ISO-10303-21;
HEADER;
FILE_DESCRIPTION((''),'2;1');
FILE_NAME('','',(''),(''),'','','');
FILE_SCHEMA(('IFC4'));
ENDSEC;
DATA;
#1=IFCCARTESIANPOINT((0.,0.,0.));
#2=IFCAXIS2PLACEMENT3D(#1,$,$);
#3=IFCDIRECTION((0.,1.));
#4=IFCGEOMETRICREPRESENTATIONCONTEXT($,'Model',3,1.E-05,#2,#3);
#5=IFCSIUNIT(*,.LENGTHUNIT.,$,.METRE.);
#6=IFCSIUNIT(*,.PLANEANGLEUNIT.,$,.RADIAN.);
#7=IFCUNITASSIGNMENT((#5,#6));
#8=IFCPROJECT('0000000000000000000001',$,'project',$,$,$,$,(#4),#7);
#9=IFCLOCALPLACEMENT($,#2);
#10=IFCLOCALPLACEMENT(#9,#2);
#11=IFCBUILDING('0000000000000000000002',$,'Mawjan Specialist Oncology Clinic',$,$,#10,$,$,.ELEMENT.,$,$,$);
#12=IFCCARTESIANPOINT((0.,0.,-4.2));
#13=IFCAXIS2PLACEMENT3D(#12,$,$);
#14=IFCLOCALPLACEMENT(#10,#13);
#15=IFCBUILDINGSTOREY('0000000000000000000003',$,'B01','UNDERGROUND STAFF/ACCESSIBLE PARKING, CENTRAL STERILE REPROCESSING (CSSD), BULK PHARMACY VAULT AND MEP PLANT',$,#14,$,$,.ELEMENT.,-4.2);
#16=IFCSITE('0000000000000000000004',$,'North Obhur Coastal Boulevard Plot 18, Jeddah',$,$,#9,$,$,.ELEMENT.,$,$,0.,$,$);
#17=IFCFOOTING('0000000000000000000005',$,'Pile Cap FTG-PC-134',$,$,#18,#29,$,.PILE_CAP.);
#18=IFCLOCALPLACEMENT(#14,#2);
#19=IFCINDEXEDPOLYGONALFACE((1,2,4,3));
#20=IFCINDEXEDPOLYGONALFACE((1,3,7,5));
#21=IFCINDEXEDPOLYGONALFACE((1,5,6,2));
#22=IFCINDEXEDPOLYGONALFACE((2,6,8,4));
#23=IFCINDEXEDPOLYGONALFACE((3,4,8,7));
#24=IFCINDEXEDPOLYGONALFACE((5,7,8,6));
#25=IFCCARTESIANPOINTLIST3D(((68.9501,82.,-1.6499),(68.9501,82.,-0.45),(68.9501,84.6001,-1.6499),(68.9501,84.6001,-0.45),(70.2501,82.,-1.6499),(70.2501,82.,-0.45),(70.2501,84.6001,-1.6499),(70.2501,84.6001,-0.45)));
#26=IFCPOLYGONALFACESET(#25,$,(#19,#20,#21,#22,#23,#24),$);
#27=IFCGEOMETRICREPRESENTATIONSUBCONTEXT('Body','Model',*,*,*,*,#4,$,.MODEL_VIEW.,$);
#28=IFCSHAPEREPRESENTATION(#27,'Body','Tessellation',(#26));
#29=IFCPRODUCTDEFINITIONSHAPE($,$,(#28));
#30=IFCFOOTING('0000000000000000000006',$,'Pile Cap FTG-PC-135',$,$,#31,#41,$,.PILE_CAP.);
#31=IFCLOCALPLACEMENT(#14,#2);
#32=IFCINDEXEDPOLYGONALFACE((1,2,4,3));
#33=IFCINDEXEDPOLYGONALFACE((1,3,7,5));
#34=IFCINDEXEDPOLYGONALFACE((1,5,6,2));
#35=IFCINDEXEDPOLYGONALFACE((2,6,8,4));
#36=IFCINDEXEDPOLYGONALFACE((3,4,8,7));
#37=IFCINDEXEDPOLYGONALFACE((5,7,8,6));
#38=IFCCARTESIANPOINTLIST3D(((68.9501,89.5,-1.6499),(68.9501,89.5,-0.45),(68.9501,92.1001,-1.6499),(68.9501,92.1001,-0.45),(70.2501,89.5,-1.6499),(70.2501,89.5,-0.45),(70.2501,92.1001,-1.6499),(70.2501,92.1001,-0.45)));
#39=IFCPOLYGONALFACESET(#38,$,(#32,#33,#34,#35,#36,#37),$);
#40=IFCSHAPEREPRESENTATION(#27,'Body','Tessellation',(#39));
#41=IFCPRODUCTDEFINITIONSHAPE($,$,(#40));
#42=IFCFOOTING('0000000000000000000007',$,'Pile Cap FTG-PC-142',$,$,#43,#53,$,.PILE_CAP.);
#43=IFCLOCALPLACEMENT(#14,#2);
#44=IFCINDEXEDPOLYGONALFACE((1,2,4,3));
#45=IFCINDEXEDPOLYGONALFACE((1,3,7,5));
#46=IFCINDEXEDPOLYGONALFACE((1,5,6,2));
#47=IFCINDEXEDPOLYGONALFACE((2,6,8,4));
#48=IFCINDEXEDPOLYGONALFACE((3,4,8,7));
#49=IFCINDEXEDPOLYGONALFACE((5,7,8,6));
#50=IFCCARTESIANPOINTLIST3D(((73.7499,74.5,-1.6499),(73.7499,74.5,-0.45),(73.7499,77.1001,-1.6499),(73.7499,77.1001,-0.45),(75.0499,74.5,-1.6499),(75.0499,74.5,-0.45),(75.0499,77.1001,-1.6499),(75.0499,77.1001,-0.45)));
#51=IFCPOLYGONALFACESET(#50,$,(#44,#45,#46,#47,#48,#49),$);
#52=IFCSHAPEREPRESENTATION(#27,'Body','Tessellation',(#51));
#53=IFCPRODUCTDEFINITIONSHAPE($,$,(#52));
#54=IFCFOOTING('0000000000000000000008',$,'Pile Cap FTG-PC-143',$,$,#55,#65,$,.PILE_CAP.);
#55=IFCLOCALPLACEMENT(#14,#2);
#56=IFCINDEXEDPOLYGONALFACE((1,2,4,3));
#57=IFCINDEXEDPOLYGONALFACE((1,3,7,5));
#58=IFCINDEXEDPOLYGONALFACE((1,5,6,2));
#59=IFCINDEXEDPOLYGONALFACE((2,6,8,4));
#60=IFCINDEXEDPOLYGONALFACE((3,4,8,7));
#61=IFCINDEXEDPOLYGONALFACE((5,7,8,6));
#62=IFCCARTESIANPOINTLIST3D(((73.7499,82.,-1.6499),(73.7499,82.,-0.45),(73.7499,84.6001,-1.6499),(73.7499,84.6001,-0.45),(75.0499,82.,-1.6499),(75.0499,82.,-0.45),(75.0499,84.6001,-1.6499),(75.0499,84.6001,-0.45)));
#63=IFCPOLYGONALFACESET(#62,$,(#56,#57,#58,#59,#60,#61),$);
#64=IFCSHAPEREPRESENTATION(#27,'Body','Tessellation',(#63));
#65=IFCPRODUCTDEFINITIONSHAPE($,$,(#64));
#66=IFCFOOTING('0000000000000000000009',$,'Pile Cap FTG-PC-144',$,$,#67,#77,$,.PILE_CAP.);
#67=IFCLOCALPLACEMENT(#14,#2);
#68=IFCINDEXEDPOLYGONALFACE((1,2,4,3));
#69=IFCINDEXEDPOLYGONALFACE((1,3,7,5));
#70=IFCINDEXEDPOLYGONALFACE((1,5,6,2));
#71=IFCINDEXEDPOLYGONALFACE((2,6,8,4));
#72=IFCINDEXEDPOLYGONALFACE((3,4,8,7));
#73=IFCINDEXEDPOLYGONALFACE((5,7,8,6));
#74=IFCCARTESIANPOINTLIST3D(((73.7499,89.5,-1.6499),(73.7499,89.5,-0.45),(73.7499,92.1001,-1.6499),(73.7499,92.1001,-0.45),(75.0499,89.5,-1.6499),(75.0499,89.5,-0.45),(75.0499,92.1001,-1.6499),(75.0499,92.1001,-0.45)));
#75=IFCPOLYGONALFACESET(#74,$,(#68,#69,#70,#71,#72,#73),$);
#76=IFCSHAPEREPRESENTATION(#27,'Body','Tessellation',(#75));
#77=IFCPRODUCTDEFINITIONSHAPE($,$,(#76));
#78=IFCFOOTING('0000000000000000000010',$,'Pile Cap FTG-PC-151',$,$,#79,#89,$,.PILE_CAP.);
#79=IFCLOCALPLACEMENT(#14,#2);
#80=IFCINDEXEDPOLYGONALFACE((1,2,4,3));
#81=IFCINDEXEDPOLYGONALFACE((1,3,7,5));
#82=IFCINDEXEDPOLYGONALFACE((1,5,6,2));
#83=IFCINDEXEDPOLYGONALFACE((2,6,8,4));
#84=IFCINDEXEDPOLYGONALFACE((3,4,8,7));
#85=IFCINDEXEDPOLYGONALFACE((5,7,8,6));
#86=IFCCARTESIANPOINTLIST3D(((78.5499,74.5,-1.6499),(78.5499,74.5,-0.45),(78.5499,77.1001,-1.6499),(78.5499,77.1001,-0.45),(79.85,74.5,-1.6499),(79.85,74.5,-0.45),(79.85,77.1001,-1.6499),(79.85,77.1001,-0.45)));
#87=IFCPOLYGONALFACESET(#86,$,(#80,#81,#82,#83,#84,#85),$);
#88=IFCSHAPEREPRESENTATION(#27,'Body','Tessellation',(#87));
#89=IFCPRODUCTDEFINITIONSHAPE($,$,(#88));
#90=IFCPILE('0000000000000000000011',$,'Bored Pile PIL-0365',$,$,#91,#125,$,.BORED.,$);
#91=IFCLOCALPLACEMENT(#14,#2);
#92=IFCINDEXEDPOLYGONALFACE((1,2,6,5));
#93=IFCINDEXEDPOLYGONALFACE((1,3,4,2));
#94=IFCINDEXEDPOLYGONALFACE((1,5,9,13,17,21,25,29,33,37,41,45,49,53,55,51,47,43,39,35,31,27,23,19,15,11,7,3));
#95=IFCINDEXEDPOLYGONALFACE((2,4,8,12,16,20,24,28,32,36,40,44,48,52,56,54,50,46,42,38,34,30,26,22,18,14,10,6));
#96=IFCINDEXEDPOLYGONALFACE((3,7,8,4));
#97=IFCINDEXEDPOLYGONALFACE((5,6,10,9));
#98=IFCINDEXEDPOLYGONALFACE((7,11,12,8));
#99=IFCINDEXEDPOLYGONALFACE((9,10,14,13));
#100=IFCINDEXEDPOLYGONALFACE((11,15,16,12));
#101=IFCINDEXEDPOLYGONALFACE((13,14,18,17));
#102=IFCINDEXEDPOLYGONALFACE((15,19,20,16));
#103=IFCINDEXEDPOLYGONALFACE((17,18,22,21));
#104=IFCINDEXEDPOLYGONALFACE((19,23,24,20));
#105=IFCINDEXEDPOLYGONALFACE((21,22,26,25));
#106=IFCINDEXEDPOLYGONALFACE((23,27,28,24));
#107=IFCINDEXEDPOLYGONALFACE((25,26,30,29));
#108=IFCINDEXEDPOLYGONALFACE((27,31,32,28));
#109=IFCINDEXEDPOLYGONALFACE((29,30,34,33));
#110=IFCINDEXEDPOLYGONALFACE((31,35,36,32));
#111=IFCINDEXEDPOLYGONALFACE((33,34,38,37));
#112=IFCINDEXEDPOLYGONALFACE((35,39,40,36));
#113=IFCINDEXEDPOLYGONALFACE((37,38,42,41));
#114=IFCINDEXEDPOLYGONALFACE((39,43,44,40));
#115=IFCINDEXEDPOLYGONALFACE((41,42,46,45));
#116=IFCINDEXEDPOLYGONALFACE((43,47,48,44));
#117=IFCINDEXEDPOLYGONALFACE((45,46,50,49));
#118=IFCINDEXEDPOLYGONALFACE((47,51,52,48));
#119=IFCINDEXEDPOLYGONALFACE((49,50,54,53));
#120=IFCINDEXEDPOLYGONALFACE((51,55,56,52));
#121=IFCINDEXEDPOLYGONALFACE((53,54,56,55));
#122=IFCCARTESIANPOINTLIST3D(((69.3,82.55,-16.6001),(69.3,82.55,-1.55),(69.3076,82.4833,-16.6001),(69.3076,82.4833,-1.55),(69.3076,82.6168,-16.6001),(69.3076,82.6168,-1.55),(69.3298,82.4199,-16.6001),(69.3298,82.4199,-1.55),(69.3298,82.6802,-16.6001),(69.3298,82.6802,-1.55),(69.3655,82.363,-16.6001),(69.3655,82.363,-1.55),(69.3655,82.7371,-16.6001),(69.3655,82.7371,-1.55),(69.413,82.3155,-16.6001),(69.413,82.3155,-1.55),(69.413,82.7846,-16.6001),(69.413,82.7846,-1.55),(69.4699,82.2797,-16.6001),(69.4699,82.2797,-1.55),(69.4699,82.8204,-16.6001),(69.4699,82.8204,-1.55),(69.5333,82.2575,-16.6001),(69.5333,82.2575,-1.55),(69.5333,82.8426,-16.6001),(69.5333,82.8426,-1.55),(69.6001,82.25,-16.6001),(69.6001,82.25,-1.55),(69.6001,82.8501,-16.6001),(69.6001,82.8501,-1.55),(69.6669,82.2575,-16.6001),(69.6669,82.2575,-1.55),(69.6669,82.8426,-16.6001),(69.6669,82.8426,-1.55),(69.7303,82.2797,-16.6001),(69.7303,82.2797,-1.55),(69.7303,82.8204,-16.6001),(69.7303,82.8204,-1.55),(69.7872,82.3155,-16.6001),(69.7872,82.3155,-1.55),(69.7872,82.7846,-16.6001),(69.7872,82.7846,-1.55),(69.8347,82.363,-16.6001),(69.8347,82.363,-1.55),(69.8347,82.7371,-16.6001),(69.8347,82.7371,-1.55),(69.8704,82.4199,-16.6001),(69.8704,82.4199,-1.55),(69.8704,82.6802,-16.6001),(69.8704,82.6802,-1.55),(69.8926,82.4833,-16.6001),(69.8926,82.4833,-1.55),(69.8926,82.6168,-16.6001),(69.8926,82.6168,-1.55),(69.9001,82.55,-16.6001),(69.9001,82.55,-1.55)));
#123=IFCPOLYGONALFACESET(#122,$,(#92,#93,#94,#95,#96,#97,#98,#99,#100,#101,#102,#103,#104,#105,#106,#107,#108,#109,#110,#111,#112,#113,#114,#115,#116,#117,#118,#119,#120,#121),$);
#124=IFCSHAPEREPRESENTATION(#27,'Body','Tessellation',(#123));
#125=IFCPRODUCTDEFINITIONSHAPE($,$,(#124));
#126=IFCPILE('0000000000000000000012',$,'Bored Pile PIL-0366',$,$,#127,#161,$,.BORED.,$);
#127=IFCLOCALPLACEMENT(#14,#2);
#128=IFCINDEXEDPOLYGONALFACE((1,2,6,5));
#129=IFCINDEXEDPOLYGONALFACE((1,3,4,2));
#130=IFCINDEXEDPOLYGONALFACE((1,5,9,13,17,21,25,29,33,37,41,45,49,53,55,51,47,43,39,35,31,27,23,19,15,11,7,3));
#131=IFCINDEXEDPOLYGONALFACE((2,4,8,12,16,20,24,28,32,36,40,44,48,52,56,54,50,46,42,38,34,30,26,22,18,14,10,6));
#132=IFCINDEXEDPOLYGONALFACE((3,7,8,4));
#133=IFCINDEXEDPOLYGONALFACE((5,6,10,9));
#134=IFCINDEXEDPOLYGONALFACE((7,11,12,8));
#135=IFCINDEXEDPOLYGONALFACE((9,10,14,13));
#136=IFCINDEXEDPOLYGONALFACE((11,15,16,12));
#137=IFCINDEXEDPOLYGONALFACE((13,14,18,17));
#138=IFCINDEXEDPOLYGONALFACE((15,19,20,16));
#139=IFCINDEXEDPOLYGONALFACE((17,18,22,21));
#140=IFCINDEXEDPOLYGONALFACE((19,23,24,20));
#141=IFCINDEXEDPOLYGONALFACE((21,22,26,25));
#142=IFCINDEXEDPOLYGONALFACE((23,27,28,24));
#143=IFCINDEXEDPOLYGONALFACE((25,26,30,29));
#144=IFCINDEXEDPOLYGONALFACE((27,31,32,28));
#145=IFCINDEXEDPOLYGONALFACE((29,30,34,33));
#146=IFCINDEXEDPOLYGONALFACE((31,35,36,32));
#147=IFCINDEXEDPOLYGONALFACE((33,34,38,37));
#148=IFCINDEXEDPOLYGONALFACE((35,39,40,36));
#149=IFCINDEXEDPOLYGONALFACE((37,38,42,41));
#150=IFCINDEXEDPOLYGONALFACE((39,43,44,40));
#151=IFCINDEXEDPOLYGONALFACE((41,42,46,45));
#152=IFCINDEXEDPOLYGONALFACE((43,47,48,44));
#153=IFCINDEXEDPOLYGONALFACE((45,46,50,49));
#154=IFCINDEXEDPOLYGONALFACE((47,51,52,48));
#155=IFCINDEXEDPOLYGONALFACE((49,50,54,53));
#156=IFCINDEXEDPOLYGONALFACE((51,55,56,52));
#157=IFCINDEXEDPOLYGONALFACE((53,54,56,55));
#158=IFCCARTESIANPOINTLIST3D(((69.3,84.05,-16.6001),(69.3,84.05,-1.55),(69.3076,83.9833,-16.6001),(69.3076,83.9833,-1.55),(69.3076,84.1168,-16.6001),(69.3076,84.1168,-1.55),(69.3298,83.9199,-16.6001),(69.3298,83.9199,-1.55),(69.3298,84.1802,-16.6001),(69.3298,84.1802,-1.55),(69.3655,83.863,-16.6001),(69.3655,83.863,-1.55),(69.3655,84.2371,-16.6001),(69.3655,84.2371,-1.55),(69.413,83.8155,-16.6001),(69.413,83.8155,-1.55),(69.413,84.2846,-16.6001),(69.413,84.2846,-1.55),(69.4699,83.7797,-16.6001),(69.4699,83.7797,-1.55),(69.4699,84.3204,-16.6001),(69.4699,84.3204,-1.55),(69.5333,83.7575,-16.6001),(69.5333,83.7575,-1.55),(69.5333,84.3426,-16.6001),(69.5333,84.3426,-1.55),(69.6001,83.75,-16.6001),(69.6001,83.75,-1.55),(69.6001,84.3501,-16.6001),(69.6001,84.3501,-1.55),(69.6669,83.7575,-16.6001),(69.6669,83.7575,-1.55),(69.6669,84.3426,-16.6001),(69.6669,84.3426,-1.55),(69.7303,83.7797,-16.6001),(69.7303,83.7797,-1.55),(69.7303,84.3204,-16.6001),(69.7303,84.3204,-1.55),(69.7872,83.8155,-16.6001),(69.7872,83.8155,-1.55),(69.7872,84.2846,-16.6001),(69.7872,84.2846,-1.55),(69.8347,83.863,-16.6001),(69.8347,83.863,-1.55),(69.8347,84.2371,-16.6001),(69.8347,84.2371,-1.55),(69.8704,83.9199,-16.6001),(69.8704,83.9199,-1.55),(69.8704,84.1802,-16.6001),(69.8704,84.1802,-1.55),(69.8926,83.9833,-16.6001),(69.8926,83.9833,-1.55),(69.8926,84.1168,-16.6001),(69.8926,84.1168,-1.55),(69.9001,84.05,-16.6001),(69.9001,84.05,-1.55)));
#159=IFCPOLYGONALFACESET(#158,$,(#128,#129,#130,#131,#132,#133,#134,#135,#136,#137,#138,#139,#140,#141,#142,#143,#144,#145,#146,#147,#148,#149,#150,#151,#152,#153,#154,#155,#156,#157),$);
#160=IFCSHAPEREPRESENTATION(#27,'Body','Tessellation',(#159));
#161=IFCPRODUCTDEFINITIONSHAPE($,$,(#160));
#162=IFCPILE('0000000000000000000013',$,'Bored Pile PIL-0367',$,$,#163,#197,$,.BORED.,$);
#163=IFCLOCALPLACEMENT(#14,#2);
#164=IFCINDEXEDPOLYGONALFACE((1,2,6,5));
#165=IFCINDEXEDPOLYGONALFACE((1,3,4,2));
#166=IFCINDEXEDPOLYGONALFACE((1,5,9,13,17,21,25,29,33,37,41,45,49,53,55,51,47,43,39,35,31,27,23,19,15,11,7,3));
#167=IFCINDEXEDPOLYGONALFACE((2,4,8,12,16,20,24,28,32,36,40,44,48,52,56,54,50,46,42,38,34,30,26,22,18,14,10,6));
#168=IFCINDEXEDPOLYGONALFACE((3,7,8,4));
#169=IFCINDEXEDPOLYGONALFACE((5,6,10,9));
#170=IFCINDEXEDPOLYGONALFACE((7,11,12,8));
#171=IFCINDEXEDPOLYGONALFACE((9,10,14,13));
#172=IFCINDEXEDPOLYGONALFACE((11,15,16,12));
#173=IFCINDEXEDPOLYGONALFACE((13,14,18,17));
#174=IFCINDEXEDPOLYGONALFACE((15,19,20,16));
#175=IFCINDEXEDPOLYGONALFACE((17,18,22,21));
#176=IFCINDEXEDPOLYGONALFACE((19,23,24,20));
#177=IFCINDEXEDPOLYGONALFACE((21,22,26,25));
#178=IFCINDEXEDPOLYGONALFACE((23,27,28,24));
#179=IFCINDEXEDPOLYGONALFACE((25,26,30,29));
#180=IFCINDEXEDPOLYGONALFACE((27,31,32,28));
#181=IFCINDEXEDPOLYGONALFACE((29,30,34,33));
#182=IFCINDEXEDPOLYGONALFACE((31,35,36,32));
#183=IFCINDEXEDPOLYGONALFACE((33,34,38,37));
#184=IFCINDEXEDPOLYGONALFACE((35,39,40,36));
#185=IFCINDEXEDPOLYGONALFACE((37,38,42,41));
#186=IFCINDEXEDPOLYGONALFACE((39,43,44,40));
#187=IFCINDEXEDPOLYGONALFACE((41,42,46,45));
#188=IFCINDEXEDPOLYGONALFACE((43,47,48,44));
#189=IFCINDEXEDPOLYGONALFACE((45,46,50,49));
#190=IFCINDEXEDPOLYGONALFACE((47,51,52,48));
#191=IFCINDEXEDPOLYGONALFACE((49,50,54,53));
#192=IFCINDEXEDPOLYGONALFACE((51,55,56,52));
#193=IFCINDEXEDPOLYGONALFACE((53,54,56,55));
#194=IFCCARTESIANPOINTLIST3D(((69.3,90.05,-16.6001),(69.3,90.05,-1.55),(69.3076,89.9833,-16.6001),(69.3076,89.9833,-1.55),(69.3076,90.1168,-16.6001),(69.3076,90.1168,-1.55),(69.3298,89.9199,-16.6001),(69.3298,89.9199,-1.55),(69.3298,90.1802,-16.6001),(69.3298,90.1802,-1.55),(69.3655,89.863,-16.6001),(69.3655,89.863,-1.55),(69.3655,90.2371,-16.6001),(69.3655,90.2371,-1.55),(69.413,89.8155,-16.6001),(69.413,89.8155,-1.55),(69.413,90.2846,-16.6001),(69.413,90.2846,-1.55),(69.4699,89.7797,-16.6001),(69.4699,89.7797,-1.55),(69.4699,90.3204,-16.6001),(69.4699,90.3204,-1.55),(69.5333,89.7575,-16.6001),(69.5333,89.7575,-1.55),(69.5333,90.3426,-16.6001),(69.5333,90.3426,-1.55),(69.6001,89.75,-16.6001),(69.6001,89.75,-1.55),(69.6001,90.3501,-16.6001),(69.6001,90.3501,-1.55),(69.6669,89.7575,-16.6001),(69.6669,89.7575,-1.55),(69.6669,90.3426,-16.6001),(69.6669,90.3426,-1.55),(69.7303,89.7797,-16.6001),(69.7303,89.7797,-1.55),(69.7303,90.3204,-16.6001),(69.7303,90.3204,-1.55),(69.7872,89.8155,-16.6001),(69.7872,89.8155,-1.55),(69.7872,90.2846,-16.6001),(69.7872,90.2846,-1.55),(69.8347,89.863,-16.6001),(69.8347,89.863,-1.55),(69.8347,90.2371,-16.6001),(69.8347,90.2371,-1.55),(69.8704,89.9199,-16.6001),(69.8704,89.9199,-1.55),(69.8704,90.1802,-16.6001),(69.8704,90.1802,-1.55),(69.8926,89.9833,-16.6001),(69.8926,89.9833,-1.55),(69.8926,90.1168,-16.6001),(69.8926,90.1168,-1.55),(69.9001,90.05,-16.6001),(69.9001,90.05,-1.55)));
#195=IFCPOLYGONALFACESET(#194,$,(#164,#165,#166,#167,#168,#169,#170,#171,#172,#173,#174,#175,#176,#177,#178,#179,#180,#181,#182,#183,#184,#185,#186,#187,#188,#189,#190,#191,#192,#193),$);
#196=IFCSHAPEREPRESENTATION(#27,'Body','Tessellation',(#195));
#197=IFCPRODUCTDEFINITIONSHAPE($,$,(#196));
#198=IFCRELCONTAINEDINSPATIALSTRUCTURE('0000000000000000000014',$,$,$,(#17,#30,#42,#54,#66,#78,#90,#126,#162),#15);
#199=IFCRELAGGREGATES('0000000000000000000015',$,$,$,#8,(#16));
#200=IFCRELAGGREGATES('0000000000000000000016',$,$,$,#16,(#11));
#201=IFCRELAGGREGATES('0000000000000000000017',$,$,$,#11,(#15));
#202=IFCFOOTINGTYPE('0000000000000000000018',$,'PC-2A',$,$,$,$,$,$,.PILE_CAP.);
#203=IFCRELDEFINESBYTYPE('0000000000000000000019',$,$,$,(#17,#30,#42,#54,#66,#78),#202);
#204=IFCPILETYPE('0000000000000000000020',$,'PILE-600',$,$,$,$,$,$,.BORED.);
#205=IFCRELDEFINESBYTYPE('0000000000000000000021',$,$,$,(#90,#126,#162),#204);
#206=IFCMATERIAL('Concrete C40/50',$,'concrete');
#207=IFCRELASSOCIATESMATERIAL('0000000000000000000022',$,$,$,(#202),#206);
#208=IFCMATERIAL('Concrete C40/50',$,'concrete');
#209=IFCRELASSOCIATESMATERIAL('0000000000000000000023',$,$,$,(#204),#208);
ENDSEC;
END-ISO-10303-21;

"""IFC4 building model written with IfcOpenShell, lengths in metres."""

from ifc_helpers import new_model, si_unit, direction, frame, origin, origin_2d, place, context, subcontext, project, spatial, rectangle, circle, extrude, material, material_profile, profile_set, type_object, element, save


model = new_model("IFC4")

# Units and contexts
model_context = context("Model", 3, precision=1e-05, world=origin(), true_north=direction((0.0, 1.0)))
body_context = subcontext(model_context, "Body", "Model", "MODEL_VIEW")
ifc_project = project(units=[si_unit("LENGTHUNIT", "METRE"), si_unit("PLANEANGLEUNIT", "RADIAN")], contexts=[model_context])

# Site, building, storey
site_placement = place(None, origin())
site = spatial("IfcSite", under=ifc_project, at=site_placement, Name="North Obhur Coastal Boulevard Plot 18, Jeddah", CompositionType="ELEMENT", RefElevation=0.0)
building_placement = place(site_placement, origin())
building = spatial("IfcBuilding", under=site, at=building_placement, Name="Mawjan Specialist Oncology Clinic", CompositionType="ELEMENT")
storey_placement = place(building_placement, frame((0.0, 0.0, -4.2)))
storey = spatial("IfcBuildingStorey", under=building, at=storey_placement, Name="B01", Description="UNDERGROUND STAFF/ACCESSIBLE PARKING, CENTRAL STERILE REPROCESSING (CSSD), BULK PHARMACY VAULT AND MEP PLANT", CompositionType="ELEMENT", Elevation=-4.2)

# Footings
ifc_material_1 = material(Name="Concrete C40/50", Category="concrete")
footing_type_1 = type_object("IfcFootingType", Name="PC-2A", PredefinedType="PILE_CAP", material=ifc_material_1)
for number, where, z_axis, x_axis, name in (
    (1, (69.6001, 83.3, -1.6499), (0.0, 0.0, 1.0), (0.0, 1.0, 0.0), "Pile Cap FTG-PC-134"),
    (2, (69.6001, 90.8, -1.6499), (0.0, 0.0, 1.0), (0.0, 1.0, 0.0), "Pile Cap FTG-PC-135"),
    (3, (74.3999, 75.8, -1.6499), (0.0, 0.0, 1.0), (0.0, 1.0, 0.0), "Pile Cap FTG-PC-142"),
    (4, (74.3999, 83.3, -1.6499), (0.0, 0.0, 1.0), (0.0, 1.0, 0.0), "Pile Cap FTG-PC-143"),
    (5, (74.3999, 90.8, -1.6499), (0.0, 0.0, 1.0), (0.0, 1.0, 0.0), "Pile Cap FTG-PC-144"),
    (6, (79.2, 75.8, -1.6499), (0.0, 0.0, 1.0), (0.0, 1.0, 0.0), "Pile Cap FTG-PC-151"),
):
    element("IfcFooting", number, at=place(storey_placement, frame(where, z_axis=z_axis, x_axis=x_axis)), inside=storey, type_object=footing_type_1, Name=name, PredefinedType="PILE_CAP", context=body_context, shape_type="SweptSolid", body=[
        extrude(rectangle(XDim=2.6001, YDim=1.3, at=origin_2d()), origin(), (0.0, 0.0, 1.0), 1.2),
    ])

# Piles
ifc_material_2 = material(Name="Concrete C40/50", Category="concrete")
ifc_material_profile_1 = material_profile(ifc_material_2, circle(Radius=0.3, at=origin_2d()), Name="BORED PILE D600", Category="concrete")
ifc_profile_set_1 = profile_set([ifc_material_profile_1], Name="Concrete C40/50")
pile_type = type_object("IfcPileType", Name="PILE-600", PredefinedType="BORED", material=ifc_profile_set_1)
for number, where, z_axis, x_axis, name in (
    (7, (69.6001, 82.55, -1.55), (0.0, 0.0, -1.0), (1.0, 0.0, 0.0), "Bored Pile PIL-0365"),
    (8, (69.6001, 84.05, -1.55), (0.0, 0.0, -1.0), (1.0, 0.0, 0.0), "Bored Pile PIL-0366"),
    (9, (69.6001, 90.05, -1.55), (0.0, 0.0, -1.0), (1.0, 0.0, 0.0), "Bored Pile PIL-0367"),
):
    element("IfcPile", number, at=place(storey_placement, frame(where, z_axis=z_axis, x_axis=x_axis)), inside=storey, type_object=pile_type, Name=name, PredefinedType="BORED", context=body_context, shape_type="SweptSolid", body=[
        extrude(circle(Radius=0.3, at=origin_2d()), origin(), (0.0, 0.0, 1.0), 15.05),
    ])

save(model, "model.ifc")
